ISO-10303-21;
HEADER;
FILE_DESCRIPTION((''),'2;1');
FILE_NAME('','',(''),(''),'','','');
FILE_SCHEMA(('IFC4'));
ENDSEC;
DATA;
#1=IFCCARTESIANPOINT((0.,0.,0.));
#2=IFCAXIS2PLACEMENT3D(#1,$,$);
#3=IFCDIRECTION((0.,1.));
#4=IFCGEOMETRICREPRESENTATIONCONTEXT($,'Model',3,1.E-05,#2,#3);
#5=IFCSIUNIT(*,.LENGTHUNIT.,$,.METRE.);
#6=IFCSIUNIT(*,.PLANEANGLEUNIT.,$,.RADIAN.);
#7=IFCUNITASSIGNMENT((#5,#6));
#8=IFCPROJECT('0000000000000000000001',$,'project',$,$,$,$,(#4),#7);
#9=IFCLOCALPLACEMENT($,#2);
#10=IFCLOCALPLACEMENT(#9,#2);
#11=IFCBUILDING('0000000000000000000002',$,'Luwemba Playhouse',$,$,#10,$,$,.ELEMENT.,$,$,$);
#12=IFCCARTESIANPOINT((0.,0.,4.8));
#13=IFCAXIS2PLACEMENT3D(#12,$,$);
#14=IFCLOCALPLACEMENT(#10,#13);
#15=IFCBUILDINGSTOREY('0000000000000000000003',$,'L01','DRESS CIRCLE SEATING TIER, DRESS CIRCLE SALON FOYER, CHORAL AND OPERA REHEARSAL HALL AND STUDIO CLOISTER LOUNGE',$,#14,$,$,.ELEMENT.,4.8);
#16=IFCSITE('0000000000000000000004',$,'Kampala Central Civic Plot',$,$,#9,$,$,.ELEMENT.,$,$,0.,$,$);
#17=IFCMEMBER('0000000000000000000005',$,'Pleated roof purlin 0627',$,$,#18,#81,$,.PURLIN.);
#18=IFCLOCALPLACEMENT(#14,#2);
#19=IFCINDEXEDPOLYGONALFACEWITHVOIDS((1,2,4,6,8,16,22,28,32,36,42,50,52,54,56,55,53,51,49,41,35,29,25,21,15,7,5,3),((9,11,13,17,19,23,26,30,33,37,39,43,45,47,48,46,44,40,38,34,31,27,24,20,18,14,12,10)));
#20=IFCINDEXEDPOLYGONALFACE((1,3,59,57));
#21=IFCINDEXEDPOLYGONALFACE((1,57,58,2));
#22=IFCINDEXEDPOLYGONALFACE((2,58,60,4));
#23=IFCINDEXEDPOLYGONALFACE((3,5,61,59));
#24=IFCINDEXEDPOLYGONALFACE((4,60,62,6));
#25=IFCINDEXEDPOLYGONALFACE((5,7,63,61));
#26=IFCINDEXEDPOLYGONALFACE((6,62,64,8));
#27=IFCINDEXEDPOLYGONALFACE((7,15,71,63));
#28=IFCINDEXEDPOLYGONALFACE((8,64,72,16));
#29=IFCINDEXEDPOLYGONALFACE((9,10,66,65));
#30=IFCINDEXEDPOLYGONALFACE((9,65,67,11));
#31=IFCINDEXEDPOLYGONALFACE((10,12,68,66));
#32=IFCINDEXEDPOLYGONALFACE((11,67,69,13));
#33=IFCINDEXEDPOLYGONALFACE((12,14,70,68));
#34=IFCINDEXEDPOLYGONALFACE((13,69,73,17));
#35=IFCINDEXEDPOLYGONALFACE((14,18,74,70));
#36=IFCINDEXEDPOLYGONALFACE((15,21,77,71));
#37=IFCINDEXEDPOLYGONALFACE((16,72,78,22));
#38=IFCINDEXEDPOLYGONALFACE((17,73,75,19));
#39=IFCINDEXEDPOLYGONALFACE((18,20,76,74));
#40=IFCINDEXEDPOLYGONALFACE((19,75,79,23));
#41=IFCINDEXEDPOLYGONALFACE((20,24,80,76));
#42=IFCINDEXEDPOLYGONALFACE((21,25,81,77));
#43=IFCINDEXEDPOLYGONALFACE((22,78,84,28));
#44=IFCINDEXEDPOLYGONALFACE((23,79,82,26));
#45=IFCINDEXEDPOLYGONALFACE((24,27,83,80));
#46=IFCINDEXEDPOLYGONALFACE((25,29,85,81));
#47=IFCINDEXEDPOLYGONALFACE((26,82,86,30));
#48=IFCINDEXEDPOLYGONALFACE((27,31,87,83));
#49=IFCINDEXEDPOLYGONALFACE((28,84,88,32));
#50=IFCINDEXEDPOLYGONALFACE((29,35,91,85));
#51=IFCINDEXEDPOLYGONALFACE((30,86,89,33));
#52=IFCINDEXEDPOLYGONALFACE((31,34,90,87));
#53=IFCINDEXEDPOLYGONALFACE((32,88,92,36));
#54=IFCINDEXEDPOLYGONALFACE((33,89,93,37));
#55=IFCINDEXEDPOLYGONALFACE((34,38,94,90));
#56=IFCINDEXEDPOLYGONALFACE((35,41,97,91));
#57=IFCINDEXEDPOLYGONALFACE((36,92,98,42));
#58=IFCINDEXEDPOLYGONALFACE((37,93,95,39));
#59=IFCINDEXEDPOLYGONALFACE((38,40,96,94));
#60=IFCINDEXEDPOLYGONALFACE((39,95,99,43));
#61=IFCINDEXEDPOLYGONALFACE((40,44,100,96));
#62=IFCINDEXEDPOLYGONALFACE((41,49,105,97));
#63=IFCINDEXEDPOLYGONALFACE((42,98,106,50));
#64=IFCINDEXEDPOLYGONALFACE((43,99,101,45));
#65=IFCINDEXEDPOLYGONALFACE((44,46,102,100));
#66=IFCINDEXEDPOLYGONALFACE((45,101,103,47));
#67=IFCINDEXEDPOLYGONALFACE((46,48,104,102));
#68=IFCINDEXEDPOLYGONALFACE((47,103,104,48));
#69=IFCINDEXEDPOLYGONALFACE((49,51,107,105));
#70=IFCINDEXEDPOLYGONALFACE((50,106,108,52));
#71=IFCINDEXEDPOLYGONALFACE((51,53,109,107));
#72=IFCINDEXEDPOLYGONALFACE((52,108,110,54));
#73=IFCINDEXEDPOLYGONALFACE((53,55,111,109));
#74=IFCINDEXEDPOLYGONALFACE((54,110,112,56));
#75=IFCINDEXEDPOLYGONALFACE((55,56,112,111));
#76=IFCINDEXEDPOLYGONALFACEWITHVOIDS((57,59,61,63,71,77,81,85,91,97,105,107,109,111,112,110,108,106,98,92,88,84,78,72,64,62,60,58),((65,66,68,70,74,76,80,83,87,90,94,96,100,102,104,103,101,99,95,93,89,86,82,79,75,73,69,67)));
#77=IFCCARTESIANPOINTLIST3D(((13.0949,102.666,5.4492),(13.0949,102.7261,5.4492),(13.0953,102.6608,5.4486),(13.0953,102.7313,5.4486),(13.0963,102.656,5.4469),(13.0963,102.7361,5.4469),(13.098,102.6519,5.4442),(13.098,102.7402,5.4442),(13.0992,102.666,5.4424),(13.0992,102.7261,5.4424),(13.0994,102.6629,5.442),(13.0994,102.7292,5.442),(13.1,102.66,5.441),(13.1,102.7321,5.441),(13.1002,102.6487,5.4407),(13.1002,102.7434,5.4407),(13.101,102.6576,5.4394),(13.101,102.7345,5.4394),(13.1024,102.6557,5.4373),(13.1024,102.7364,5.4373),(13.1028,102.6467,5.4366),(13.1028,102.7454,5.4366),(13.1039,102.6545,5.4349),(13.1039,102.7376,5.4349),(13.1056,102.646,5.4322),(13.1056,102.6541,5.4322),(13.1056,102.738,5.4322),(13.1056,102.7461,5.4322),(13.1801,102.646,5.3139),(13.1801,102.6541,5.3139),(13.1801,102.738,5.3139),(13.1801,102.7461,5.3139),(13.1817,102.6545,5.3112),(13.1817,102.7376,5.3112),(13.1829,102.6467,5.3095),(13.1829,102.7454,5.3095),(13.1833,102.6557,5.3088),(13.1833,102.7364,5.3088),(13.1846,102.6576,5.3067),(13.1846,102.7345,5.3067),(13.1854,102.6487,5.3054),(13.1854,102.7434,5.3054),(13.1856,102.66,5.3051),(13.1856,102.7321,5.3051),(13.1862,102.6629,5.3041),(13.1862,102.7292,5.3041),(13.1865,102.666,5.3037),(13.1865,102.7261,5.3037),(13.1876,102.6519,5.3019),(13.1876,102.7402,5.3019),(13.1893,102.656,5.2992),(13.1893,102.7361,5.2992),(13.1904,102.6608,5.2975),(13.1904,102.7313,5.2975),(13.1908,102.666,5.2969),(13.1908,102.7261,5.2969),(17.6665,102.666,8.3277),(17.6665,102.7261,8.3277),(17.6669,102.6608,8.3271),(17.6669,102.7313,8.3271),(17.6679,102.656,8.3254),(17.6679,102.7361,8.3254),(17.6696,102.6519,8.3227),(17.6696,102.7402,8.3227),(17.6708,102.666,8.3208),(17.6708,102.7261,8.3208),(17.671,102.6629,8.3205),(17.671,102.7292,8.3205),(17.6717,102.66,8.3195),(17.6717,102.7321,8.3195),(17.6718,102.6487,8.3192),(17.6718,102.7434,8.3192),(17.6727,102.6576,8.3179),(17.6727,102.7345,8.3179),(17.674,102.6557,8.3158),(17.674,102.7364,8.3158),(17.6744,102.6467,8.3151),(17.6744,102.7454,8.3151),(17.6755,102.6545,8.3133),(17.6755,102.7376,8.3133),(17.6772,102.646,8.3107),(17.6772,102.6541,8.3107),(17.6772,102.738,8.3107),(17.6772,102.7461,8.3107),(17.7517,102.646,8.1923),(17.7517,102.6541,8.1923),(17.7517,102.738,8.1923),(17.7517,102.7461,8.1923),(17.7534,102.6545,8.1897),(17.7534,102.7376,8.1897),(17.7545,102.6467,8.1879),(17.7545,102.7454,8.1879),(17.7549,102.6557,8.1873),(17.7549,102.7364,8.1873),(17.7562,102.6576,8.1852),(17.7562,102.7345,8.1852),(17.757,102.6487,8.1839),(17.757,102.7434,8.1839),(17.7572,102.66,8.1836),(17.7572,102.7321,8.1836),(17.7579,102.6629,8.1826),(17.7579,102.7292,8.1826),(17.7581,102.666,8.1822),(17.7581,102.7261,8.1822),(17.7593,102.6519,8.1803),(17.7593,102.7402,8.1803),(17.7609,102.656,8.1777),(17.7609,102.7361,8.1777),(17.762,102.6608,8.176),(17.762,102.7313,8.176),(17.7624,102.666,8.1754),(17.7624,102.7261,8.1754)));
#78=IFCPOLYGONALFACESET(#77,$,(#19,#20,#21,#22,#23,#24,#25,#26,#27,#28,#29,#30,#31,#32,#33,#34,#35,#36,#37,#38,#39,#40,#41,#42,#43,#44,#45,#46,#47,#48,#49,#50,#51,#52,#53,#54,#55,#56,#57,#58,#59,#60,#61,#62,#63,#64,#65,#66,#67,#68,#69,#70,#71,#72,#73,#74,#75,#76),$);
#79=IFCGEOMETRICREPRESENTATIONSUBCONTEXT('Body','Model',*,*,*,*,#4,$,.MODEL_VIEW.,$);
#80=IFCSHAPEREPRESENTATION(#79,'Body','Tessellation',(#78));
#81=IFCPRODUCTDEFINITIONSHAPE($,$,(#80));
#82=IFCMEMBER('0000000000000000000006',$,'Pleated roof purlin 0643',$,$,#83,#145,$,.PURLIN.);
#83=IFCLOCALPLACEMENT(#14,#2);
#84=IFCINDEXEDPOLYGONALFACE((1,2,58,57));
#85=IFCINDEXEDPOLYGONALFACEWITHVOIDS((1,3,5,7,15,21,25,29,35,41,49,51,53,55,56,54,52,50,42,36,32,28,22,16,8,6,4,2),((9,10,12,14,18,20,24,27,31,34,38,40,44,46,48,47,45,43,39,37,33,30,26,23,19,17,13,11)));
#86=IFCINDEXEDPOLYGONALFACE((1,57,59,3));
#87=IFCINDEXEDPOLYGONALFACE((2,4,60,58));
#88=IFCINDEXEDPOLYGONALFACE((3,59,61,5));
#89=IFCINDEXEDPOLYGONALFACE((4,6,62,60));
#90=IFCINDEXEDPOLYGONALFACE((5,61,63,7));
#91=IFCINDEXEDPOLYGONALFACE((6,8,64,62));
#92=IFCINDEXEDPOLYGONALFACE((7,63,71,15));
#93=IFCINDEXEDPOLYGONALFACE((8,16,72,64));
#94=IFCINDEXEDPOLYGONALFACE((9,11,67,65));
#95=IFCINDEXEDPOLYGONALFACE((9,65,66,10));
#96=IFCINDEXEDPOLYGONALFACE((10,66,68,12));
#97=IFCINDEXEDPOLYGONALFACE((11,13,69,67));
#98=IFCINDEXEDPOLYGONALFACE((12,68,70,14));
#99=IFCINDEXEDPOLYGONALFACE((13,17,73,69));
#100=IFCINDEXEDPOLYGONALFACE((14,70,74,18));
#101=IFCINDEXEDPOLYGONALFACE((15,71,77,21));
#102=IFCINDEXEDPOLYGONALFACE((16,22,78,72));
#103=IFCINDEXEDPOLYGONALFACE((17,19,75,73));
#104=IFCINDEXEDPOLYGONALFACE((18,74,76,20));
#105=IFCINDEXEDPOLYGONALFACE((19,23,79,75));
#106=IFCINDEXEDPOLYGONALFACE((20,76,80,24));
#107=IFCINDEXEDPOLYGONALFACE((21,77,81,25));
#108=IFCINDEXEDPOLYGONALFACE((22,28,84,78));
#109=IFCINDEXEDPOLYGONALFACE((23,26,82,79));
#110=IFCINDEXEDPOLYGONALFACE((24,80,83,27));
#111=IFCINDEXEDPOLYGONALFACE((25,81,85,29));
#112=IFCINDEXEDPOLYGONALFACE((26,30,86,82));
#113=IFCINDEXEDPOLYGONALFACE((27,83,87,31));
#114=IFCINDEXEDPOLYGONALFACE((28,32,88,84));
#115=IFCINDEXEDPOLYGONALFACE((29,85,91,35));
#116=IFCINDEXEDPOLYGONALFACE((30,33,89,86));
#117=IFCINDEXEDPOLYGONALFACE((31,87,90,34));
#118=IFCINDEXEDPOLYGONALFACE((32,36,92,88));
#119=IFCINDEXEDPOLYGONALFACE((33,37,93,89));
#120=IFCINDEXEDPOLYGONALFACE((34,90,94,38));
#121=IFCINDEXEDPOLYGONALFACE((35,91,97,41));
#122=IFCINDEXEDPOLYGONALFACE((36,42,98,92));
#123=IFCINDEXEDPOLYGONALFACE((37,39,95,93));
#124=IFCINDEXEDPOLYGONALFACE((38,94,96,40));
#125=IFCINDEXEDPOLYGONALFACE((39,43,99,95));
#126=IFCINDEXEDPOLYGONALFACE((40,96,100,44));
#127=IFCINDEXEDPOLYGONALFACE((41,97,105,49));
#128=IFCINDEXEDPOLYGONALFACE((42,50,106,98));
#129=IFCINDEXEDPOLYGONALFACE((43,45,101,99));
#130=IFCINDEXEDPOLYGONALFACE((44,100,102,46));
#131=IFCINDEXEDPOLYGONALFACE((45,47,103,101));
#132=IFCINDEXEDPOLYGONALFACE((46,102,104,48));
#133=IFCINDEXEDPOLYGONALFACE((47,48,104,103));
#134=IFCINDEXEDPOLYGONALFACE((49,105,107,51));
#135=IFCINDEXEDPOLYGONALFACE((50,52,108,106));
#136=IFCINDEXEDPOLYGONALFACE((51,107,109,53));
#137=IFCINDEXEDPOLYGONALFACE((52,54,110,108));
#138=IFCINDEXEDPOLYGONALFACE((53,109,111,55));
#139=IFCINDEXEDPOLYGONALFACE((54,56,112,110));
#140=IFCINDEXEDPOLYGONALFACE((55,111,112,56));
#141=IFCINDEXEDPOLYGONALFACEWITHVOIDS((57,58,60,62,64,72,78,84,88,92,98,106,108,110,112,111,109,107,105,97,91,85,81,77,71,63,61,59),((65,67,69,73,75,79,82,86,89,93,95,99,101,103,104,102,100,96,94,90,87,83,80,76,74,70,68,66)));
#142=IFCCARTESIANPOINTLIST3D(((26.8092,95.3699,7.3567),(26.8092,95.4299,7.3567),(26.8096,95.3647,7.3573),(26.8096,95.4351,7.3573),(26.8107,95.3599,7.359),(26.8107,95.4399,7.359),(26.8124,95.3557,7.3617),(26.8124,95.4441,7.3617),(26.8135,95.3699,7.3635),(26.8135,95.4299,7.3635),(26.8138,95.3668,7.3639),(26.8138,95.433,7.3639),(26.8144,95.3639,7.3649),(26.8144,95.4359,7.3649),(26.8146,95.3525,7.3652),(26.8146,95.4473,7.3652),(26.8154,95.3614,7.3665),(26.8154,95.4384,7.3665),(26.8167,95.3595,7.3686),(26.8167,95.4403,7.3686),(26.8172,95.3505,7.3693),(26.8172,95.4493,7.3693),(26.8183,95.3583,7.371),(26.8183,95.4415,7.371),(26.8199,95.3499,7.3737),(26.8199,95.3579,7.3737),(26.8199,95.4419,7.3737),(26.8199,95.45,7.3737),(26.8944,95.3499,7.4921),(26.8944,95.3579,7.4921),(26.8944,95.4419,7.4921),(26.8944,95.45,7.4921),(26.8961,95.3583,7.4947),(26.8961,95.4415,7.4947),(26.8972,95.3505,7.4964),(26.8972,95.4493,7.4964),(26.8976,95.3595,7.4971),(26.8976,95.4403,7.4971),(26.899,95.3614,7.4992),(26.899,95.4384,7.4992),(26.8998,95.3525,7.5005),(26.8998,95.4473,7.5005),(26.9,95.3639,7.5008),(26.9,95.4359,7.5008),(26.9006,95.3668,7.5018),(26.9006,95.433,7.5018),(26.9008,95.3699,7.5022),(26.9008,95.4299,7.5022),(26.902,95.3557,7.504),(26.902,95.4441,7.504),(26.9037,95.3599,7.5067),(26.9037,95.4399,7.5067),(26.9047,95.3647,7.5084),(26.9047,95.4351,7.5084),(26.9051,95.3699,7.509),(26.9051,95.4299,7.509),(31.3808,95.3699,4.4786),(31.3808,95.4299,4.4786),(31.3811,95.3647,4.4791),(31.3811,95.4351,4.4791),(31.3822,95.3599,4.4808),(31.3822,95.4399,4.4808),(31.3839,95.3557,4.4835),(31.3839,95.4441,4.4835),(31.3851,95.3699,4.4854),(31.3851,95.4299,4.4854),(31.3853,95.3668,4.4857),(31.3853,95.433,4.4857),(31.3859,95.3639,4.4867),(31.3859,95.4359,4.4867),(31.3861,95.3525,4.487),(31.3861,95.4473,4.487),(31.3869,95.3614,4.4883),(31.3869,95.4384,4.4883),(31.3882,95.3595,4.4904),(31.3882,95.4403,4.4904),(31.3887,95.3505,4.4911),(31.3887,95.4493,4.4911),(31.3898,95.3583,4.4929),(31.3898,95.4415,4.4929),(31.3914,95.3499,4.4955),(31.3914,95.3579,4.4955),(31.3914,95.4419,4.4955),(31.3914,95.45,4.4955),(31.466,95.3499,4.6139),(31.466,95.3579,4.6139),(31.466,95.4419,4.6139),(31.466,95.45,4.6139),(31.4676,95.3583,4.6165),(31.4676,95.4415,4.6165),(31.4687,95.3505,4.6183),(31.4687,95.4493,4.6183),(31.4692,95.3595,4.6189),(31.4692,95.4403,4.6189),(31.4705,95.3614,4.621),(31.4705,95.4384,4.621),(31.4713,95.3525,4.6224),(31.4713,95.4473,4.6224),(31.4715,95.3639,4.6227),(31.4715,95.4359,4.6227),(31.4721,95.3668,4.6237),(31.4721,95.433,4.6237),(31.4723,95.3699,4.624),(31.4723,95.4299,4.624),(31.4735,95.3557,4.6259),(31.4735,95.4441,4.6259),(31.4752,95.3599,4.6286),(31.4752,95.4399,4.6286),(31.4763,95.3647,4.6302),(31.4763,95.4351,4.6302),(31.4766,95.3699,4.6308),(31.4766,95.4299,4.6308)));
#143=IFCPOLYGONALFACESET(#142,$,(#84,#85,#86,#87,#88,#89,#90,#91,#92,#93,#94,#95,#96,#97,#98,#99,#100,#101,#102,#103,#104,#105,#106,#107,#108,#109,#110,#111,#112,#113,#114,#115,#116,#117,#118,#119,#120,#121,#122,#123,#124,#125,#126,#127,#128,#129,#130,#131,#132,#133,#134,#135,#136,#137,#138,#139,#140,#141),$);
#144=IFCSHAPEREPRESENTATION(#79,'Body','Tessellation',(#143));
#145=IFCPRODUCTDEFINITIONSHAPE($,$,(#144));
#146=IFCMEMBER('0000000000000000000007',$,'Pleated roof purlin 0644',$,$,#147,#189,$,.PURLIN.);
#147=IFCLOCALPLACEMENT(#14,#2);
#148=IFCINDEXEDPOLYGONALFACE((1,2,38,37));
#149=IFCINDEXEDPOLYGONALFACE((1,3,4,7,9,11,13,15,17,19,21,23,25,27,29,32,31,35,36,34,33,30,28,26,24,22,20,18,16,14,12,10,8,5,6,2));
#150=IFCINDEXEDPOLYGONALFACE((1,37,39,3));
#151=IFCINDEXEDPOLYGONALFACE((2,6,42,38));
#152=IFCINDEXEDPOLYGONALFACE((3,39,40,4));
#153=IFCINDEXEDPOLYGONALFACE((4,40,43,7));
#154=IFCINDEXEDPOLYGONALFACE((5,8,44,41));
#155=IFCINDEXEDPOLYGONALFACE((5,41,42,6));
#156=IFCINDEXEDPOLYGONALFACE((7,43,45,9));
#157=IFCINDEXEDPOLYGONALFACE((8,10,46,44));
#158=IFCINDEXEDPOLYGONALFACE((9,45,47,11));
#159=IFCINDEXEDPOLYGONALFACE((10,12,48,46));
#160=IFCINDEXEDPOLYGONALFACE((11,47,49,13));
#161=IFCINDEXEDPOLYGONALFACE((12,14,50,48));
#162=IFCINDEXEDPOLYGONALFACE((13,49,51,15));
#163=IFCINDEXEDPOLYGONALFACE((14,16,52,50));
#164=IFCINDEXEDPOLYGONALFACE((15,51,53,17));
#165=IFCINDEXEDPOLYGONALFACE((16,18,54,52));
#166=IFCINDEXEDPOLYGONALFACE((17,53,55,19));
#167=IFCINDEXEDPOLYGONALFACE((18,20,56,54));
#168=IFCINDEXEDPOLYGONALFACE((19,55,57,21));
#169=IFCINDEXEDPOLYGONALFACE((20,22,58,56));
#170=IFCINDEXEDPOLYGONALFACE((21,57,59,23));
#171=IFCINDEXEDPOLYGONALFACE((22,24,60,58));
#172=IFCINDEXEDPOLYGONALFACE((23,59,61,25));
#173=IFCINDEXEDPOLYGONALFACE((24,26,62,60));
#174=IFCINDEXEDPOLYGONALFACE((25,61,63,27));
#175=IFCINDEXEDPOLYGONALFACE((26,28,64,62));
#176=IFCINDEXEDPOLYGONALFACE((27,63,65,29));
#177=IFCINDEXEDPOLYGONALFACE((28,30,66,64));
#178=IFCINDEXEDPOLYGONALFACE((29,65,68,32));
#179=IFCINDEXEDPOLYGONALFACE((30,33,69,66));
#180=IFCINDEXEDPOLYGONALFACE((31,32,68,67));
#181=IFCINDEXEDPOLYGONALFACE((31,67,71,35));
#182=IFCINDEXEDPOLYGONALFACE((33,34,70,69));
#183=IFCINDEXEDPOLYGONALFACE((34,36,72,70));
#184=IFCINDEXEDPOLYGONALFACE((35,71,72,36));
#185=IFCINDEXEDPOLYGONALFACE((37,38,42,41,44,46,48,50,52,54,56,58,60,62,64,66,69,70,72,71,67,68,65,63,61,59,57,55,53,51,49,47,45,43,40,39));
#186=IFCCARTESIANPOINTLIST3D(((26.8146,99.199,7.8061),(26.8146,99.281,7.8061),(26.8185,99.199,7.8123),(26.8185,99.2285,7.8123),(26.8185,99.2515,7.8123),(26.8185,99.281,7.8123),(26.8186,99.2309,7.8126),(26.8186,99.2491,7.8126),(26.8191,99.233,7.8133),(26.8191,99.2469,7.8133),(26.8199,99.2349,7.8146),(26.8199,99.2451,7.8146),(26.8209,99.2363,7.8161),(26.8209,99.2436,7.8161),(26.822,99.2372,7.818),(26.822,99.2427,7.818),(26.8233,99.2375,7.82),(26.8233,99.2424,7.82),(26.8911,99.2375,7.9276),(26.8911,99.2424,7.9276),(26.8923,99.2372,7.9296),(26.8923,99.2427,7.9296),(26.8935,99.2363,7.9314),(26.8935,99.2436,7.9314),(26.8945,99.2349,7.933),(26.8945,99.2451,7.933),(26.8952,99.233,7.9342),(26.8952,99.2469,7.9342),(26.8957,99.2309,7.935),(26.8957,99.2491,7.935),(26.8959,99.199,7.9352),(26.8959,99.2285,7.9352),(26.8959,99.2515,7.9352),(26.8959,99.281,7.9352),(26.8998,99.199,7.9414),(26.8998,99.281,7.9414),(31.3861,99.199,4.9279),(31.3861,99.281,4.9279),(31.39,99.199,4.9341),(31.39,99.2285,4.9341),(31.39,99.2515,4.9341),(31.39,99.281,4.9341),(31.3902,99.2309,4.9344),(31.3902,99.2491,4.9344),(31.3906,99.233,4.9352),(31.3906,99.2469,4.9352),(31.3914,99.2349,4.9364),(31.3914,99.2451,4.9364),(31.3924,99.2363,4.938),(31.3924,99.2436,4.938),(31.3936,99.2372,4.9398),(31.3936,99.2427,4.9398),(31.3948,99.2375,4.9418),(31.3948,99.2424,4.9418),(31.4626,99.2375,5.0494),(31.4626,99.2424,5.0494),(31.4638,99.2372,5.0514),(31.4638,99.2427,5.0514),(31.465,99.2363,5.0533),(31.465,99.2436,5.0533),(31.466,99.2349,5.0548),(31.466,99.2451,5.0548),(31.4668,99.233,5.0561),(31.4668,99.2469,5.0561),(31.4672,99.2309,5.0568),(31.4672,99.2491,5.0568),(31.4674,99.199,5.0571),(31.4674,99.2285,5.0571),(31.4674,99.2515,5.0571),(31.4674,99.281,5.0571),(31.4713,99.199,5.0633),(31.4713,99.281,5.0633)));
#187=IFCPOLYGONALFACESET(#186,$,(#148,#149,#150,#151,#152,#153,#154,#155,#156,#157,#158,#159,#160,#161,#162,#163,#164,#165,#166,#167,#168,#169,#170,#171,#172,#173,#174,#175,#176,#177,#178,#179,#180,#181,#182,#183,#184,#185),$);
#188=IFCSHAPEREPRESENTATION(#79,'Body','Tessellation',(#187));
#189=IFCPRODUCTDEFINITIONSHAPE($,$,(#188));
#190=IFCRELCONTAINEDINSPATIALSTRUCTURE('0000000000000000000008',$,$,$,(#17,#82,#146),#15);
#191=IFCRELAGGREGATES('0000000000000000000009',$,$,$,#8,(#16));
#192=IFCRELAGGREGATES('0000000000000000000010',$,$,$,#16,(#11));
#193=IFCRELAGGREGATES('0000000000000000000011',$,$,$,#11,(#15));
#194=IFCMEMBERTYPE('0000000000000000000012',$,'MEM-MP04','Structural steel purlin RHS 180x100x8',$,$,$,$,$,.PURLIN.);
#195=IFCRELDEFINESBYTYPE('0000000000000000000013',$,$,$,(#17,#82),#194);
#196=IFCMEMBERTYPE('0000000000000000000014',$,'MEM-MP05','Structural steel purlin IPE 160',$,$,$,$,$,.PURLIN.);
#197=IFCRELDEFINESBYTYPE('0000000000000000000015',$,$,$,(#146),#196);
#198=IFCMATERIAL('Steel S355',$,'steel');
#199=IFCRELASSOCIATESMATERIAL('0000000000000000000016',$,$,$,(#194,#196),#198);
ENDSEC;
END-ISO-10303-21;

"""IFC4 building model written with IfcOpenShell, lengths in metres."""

from ifc_helpers import new_model, si_unit, direction, frame, origin, origin_2d, place, context, subcontext, project, spatial, hollow_rectangle, i_section, extrude, material, material_profile, profile_set, type_object, element, save


model = new_model("IFC4")

# Units and contexts
model_context = context("Model", 3, precision=1e-05, world=origin(), true_north=direction((0.0, 1.0)))
body_context = subcontext(model_context, "Body", "Model", "MODEL_VIEW")
ifc_project = project(units=[si_unit("LENGTHUNIT", "METRE"), si_unit("PLANEANGLEUNIT", "RADIAN")], contexts=[model_context])

# Site, building, storey
site_placement = place(None, origin())
site = spatial("IfcSite", under=ifc_project, at=site_placement, Name="Kampala Central Civic Plot", CompositionType="ELEMENT", RefElevation=0.0)
building_placement = place(site_placement, origin())
building = spatial("IfcBuilding", under=site, at=building_placement, Name="Luwemba Playhouse", CompositionType="ELEMENT")
storey_placement = place(building_placement, frame((0.0, 0.0, 4.8)))
storey = spatial("IfcBuildingStorey", under=building, at=storey_placement, Name="L01", Description="DRESS CIRCLE SEATING TIER, DRESS CIRCLE SALON FOYER, CHORAL AND OPERA REHEARSAL HALL AND STUDIO CLOISTER LOUNGE", CompositionType="ELEMENT", Elevation=4.8)

# Shared definitions
ifc_material_1 = material(Name="Steel S355", Category="steel")

# Members
ifc_material_profile_1 = material_profile(ifc_material_1, hollow_rectangle(XDim=0.1001, YDim=0.1799, WallThickness=0.0081, InnerFilletRadius=0.012, OuterFilletRadius=0.02, at=origin_2d()))
ifc_profile_set_1 = profile_set([ifc_material_profile_1], Name="Steel S355")
member_type_1 = type_object("IfcMemberType", Name="MEM-MP04", Description="Structural steel purlin RHS 180x100x8", PredefinedType="PURLIN", material=ifc_profile_set_1)
member_1_placement = place(storey_placement, frame((13.1428, 102.696, 5.373), z_axis=(0.846229, 0.0, 0.532819), x_axis=(0.0, 1.0, 0.0)))
element("IfcMember", 1, at=member_1_placement, inside=storey, type_object=member_type_1, Name="Pleated roof purlin 0627", PredefinedType="PURLIN", context=body_context, shape_type="SweptSolid", body=[
    extrude(hollow_rectangle(XDim=0.1001, YDim=0.1799, WallThickness=0.0081, InnerFilletRadius=0.012, OuterFilletRadius=0.02, at=origin_2d()), origin(), (0.0, 0.0, 1.0), 5.4023),
])
member_2_placement = place(storey_placement, frame((26.8572, 95.3999, 7.4329), z_axis=(0.846249, 0.0, -0.532787), x_axis=(0.0, 1.0, 0.0)))
element("IfcMember", 2, at=member_2_placement, inside=storey, type_object=member_type_1, Name="Pleated roof purlin 0643", PredefinedType="PURLIN", context=body_context, shape_type="SweptSolid", body=[
    extrude(hollow_rectangle(XDim=0.1001, YDim=0.1799, WallThickness=0.0081, InnerFilletRadius=0.012, OuterFilletRadius=0.02, at=origin_2d()), origin(), (0.0, 0.0, 1.0), 5.4021),
])
ifc_material_profile_2 = material_profile(ifc_material_1, i_section(OverallWidth=0.082, OverallDepth=0.1599, WebThickness=0.0049, FlangeThickness=0.0073, FilletRadius=0.009, at=origin_2d()))
ifc_profile_set_2 = profile_set([ifc_material_profile_2], Name="Steel S355")
member_type_2 = type_object("IfcMemberType", Name="MEM-MP05", Description="Structural steel purlin IPE 160", PredefinedType="PURLIN", material=ifc_profile_set_2)
member_3_placement = place(storey_placement, frame((26.8572, 99.24, 7.8738), z_axis=(0.846249, 0.0, -0.532787), x_axis=(0.0, 1.0, 0.0)))
element("IfcMember", 3, at=member_3_placement, inside=storey, type_object=member_type_2, Name="Pleated roof purlin 0644", PredefinedType="PURLIN", context=body_context, shape_type="SweptSolid", body=[
    extrude(i_section(OverallWidth=0.082, OverallDepth=0.1599, WebThickness=0.0049, FlangeThickness=0.0073, FilletRadius=0.009, at=origin_2d()), origin(), (0.0, 0.0, 1.0), 5.4021),
])

save(model, "model.ifc")
